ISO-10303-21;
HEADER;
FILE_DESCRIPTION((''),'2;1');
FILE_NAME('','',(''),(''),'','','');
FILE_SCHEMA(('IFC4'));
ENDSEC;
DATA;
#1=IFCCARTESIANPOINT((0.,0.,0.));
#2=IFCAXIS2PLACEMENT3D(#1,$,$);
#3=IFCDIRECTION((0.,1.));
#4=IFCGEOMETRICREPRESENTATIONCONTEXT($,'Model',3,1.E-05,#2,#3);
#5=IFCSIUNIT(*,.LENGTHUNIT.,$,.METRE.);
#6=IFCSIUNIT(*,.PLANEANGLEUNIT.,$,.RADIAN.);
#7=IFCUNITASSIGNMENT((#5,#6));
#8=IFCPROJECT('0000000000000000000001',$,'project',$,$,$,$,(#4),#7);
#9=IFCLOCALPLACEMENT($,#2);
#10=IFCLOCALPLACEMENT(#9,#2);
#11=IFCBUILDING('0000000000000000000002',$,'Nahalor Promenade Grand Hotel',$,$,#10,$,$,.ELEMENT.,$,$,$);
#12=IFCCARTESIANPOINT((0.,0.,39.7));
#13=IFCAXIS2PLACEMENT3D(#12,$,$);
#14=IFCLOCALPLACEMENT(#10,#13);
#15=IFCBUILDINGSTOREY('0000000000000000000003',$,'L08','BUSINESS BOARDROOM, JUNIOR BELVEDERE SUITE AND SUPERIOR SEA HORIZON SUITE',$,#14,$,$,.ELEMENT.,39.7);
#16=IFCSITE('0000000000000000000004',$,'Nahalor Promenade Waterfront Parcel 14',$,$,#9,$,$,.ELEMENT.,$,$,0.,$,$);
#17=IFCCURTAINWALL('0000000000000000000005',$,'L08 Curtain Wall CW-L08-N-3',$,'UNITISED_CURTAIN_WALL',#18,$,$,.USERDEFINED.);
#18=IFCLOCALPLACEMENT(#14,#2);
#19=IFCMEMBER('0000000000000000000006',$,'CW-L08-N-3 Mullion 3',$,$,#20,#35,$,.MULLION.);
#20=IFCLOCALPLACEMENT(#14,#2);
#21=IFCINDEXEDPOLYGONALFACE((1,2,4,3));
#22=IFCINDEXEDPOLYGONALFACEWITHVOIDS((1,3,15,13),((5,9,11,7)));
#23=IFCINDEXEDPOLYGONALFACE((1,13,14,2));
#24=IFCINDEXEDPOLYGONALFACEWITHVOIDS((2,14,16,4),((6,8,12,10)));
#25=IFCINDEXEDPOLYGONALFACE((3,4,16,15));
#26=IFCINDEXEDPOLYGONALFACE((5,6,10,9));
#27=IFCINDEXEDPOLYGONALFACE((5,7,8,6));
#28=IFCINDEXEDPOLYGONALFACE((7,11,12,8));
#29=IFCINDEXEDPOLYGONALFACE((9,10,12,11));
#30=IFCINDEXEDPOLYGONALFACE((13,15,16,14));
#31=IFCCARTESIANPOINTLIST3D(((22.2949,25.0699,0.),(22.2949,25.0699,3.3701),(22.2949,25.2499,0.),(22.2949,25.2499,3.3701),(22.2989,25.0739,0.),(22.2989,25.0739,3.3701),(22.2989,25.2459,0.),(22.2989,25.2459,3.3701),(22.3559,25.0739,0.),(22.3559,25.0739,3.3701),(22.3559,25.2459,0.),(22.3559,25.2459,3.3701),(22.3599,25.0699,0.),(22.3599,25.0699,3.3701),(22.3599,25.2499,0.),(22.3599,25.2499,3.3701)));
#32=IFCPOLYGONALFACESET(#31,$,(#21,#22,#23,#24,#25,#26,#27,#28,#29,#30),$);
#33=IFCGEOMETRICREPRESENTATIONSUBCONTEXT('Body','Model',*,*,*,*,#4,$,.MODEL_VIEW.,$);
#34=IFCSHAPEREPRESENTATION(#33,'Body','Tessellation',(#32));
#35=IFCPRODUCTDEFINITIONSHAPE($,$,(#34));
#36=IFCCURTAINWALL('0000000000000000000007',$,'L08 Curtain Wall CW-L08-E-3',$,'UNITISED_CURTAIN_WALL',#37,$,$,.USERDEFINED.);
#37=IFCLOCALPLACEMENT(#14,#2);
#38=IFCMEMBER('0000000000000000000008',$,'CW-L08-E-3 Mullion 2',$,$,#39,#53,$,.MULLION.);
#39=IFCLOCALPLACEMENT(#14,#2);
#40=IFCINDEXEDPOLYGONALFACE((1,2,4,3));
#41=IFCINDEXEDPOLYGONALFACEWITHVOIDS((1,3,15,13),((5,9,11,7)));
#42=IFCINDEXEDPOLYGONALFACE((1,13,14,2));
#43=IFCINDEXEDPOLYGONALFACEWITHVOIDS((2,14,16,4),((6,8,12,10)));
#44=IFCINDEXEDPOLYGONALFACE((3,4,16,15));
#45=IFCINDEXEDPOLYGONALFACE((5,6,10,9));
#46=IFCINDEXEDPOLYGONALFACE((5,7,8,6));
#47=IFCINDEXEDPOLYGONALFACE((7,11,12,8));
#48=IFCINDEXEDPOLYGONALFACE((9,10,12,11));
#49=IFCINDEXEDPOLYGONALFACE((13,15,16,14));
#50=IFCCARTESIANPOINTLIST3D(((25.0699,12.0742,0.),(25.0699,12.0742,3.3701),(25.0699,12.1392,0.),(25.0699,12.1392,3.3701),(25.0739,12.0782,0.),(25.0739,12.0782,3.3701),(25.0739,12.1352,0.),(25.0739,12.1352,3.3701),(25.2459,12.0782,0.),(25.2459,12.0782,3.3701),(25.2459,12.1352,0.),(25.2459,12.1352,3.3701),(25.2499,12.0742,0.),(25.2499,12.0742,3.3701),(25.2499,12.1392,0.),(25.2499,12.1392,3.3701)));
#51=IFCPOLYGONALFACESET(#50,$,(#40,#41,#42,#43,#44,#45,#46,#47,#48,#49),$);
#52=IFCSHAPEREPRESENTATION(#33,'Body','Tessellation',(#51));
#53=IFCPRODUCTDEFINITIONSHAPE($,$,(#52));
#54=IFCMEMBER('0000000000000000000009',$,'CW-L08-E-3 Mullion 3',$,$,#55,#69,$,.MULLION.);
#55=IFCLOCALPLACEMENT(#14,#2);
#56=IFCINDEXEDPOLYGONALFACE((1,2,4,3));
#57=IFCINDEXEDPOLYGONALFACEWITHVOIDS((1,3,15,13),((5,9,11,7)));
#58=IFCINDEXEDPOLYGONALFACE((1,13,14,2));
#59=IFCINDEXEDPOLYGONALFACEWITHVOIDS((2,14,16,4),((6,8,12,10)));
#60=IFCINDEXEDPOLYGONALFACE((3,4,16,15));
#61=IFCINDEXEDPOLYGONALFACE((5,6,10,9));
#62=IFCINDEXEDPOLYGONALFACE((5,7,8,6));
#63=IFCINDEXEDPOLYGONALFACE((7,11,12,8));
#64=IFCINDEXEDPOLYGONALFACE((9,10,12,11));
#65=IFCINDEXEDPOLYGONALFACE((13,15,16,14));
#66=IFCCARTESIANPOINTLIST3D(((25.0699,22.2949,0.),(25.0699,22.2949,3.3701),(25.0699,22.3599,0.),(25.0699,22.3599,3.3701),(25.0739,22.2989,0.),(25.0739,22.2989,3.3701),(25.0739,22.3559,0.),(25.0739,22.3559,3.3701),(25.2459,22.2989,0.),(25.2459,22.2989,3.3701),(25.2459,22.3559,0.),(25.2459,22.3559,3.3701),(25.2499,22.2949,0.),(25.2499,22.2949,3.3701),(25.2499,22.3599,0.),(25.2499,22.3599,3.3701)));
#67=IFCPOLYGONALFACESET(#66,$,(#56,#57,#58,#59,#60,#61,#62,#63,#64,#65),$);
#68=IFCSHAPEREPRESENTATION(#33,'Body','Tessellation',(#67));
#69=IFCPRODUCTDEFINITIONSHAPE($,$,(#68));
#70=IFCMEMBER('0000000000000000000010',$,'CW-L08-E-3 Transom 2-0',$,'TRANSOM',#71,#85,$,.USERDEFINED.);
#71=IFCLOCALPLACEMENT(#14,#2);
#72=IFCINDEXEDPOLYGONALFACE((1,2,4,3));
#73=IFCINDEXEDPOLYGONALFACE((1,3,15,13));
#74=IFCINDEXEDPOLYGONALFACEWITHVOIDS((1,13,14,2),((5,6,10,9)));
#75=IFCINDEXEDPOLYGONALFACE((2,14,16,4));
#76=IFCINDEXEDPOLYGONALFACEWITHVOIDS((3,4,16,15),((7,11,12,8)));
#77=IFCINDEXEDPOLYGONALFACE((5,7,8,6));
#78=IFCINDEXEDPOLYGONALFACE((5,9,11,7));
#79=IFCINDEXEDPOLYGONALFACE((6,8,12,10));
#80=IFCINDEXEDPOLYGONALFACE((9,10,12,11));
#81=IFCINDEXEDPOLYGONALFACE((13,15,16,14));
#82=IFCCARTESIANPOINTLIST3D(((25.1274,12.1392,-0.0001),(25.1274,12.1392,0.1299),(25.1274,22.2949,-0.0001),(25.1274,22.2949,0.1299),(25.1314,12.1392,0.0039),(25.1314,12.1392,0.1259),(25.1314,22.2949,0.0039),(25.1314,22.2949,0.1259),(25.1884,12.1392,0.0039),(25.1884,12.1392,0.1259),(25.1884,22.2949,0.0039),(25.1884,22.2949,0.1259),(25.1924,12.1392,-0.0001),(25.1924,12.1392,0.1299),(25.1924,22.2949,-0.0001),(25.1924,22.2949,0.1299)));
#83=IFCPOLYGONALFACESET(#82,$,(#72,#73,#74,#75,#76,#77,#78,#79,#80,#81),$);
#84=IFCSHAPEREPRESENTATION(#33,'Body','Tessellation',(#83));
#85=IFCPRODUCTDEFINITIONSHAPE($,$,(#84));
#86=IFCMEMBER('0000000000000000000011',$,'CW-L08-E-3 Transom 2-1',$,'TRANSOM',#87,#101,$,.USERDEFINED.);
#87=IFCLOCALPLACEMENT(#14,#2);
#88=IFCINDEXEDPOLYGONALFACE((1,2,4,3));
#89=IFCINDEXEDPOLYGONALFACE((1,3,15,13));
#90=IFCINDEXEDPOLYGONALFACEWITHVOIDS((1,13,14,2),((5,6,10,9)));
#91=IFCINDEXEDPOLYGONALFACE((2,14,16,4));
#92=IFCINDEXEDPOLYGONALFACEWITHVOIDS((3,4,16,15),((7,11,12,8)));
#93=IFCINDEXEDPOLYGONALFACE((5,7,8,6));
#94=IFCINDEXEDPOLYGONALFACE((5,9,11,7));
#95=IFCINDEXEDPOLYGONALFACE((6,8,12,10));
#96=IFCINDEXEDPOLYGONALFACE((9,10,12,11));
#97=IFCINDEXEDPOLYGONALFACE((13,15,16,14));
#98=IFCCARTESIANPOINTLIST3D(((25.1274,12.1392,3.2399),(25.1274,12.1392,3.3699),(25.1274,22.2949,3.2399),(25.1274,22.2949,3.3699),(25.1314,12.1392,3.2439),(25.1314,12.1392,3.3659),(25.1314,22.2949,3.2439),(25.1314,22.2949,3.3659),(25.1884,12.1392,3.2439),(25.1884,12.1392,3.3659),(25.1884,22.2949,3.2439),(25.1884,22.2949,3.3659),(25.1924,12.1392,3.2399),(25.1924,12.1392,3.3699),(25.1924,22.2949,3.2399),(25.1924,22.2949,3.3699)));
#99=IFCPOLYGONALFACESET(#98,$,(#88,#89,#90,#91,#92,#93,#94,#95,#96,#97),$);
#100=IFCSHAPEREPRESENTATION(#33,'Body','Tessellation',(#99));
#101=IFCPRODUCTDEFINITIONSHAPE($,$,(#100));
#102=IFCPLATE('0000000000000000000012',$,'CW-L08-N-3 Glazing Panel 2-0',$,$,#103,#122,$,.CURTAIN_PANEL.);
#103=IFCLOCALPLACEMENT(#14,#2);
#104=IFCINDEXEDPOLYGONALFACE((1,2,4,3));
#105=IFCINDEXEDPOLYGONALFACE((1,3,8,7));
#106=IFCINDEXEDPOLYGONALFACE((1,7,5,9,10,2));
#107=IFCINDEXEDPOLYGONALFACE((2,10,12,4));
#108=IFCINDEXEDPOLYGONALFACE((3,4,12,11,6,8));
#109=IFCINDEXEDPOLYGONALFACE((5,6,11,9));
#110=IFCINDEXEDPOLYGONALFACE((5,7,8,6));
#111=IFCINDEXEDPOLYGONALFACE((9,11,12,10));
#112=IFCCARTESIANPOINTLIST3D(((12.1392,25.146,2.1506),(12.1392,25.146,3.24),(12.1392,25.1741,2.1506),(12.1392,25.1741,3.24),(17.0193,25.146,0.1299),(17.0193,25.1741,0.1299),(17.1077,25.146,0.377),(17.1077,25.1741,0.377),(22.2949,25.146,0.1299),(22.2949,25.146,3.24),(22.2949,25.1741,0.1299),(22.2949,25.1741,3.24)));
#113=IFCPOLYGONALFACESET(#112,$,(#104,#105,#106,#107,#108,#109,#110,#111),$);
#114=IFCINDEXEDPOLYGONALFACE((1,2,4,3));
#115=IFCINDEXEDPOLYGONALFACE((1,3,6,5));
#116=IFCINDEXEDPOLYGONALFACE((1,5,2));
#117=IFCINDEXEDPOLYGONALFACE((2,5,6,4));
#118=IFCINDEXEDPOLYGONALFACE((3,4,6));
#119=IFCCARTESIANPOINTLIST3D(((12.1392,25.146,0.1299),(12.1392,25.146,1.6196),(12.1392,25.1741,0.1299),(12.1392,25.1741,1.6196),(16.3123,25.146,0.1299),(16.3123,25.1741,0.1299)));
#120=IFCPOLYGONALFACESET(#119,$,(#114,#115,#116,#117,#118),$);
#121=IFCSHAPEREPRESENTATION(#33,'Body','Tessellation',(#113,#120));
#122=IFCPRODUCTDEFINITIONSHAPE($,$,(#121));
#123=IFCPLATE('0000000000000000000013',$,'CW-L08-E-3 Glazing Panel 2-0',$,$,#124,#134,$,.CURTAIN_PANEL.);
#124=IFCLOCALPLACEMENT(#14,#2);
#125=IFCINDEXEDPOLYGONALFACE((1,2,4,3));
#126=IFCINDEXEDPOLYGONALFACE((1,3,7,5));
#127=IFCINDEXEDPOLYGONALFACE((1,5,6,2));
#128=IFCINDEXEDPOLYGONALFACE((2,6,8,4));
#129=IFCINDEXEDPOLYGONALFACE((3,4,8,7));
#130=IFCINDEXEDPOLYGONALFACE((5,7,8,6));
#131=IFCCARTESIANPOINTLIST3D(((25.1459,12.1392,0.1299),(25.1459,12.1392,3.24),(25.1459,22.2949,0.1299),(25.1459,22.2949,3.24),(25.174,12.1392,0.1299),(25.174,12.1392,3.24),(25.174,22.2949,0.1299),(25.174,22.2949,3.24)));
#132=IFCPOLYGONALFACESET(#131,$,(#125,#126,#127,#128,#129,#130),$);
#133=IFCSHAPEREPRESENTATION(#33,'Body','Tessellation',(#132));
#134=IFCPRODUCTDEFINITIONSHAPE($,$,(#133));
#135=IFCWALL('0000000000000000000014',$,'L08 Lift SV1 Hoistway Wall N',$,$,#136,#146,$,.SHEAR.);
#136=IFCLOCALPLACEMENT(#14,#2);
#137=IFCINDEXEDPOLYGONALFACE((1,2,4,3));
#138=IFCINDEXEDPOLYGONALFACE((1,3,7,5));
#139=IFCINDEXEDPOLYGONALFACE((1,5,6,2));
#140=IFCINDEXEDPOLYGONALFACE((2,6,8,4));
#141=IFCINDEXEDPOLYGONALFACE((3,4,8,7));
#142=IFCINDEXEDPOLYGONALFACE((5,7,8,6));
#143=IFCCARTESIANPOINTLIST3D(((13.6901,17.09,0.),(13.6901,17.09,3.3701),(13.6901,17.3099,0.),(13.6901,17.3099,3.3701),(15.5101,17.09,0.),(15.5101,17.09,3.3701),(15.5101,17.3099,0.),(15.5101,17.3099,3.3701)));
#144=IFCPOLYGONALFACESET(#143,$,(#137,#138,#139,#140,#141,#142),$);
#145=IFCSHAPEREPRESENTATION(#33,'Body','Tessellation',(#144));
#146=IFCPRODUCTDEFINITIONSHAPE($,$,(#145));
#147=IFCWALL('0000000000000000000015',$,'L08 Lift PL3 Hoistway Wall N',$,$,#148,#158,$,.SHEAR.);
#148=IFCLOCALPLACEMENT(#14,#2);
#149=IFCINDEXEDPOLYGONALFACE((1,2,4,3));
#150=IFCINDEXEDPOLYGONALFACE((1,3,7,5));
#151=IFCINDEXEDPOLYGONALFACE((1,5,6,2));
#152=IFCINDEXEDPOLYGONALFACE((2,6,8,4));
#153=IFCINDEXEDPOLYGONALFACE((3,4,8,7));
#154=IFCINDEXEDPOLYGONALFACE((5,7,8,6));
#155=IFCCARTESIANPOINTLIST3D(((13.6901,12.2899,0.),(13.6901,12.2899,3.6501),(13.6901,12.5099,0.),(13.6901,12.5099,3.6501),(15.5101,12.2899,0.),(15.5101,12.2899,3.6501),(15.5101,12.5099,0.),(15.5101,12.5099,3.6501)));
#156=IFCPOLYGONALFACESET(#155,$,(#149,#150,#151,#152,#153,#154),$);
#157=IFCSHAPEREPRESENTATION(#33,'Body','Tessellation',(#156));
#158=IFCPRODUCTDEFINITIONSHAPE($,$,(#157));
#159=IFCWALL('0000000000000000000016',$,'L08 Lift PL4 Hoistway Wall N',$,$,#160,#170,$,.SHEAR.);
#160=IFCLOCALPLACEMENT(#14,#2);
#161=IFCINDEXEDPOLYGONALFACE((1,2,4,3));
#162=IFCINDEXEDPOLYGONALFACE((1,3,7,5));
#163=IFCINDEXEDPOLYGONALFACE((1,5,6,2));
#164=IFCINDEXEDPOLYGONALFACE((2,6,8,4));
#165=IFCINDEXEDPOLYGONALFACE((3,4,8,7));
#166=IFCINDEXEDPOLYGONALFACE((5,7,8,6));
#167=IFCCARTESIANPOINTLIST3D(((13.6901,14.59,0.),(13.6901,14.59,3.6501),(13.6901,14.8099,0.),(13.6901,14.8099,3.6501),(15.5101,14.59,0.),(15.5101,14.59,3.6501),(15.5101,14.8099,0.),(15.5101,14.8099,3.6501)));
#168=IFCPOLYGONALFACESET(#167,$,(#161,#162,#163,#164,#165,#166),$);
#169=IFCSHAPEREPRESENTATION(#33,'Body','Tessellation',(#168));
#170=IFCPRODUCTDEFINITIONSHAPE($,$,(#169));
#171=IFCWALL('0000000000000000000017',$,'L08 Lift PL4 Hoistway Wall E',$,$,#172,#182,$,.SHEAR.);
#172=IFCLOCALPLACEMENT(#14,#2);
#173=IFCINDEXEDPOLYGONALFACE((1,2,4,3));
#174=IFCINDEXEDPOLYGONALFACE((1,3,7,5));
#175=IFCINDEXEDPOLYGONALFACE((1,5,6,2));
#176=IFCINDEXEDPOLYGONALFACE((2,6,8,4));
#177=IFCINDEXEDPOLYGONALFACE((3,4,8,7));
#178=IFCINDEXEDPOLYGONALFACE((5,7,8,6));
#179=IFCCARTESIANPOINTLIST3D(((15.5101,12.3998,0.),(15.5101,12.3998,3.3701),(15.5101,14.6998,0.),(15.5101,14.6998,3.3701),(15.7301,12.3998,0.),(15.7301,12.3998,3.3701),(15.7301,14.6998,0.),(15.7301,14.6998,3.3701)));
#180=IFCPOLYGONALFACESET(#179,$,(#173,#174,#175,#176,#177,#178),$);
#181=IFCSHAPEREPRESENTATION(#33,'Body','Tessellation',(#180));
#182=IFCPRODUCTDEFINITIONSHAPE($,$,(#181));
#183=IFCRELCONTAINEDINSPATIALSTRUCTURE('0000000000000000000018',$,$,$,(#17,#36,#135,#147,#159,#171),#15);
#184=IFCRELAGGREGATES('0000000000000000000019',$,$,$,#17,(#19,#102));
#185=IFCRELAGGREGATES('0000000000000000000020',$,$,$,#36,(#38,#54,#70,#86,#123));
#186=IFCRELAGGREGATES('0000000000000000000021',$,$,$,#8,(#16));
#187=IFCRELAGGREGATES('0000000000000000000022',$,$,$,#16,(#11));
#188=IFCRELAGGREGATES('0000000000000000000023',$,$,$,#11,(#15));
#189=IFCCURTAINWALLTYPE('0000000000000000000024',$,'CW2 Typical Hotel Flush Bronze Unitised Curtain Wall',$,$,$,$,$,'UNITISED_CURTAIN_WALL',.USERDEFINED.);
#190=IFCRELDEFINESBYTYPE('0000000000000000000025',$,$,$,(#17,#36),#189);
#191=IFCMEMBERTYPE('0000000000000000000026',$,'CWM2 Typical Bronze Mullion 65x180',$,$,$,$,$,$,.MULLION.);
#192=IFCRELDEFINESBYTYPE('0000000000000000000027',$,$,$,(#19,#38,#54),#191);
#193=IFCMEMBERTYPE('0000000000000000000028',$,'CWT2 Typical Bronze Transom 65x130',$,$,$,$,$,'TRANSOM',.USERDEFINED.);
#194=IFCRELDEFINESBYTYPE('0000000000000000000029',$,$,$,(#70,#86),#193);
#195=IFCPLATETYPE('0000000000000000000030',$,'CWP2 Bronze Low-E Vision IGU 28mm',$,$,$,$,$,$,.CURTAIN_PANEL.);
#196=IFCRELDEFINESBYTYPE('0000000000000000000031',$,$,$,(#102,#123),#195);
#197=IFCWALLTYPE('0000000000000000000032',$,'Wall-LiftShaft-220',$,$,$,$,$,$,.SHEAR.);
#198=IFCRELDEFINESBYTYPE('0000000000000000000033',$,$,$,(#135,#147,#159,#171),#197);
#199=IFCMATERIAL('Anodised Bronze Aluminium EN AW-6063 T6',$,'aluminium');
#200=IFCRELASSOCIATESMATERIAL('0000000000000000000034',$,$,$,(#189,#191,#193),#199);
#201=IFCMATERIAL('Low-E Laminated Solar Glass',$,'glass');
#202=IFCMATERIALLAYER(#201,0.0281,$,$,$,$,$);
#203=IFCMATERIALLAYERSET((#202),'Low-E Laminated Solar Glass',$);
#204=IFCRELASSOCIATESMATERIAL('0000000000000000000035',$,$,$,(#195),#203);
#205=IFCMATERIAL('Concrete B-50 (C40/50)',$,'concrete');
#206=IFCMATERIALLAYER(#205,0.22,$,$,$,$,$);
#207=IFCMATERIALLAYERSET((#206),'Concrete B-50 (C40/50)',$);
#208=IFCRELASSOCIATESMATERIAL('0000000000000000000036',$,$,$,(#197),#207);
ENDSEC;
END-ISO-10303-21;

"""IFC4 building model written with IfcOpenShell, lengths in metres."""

from ifc_helpers import new_model, si_unit, direction, frame, frame_2d, origin, origin_2d, place, context, subcontext, project, spatial, polyline, rectangle, hollow_rectangle, outline, extrude, source, transform, mapped, material, layer, layer_set, material_profile, profile_set, type_object, element, aggregate, save


model = new_model("IFC4")

# Units and contexts
model_context = context("Model", 3, precision=1e-05, world=origin(), true_north=direction((0.0, 1.0)))
body_context = subcontext(model_context, "Body", "Model", "MODEL_VIEW")
ifc_project = project(units=[si_unit("LENGTHUNIT", "METRE"), si_unit("PLANEANGLEUNIT", "RADIAN")], contexts=[model_context])

# Site, building, storey
site_placement = place(None, origin())
site = spatial("IfcSite", under=ifc_project, at=site_placement, Name="Nahalor Promenade Waterfront Parcel 14", CompositionType="ELEMENT", RefElevation=0.0)
building_placement = place(site_placement, origin())
building = spatial("IfcBuilding", under=site, at=building_placement, Name="Nahalor Promenade Grand Hotel", CompositionType="ELEMENT")
storey_placement = place(building_placement, frame((0.0, 0.0, 39.7)))
storey = spatial("IfcBuildingStorey", under=building, at=storey_placement, Name="L08", Description="BUSINESS BOARDROOM, JUNIOR BELVEDERE SUITE AND SUPERIOR SEA HORIZON SUITE", CompositionType="ELEMENT", Elevation=39.7)

# Curtain wall, member
ifc_material_1 = material(Name="Anodised Bronze Aluminium EN AW-6063 T6", Category="aluminium")
curtain_wall_type = type_object("IfcCurtainWallType", Name="CW2 Typical Hotel Flush Bronze Unitised Curtain Wall", ElementType="UNITISED_CURTAIN_WALL", PredefinedType="USERDEFINED", material=ifc_material_1)
curtain_wall_1_placement = place(storey_placement, origin())
curtain_wall_1 = element("IfcCurtainWall", 1, at=curtain_wall_1_placement, inside=storey, type_object=curtain_wall_type, Name="L08 Curtain Wall CW-L08-N-3", ObjectType="UNITISED_CURTAIN_WALL", PredefinedType="USERDEFINED")
ifc_material_profile_1 = material_profile(ifc_material_1, hollow_rectangle(XDim=0.065, YDim=0.18, WallThickness=0.004, at=origin_2d()), Name="CWM 65x180x4")
ifc_profile_set_1 = profile_set([ifc_material_profile_1], Name="Anodised Bronze Aluminium EN AW-6063 T6")
member_type_1 = type_object("IfcMemberType", Name="CWM2 Typical Bronze Mullion 65x180", PredefinedType="MULLION", material=ifc_profile_set_1)
shared_shape_1 = source(origin(), body_context, "Body", "SweptSolid", [
    extrude(hollow_rectangle(XDim=0.065, YDim=0.18, WallThickness=0.004, at=origin_2d()), origin(), (0.0, 0.0, 1.0), 3.3701),
])
member_1_placement = place(storey_placement, frame((22.3274, 25.1599, 0.0), z_axis=(0.0, 0.0, 1.0), x_axis=(1.0, 0.0, 0.0)))
member_1 = element("IfcMember", 2, at=member_1_placement, type_object=member_type_1, Name="CW-L08-N-3 Mullion 3", PredefinedType="MULLION", context=body_context, shape_type="MappedRepresentation", body=[
    mapped(shared_shape_1, transform((0.0, 0.0, 0.0), scale=1.0)),
])

# Curtain wall, members
curtain_wall_2_placement = place(storey_placement, origin())
curtain_wall_2 = element("IfcCurtainWall", 3, at=curtain_wall_2_placement, inside=storey, type_object=curtain_wall_type, Name="L08 Curtain Wall CW-L08-E-3", ObjectType="UNITISED_CURTAIN_WALL", PredefinedType="USERDEFINED")
member_2_placement = place(storey_placement, frame((25.1599, 12.1067, 0.0), z_axis=(0.0, 0.0, 1.0), x_axis=(0.0, 1.0, 0.0)))
member_2 = element("IfcMember", 4, at=member_2_placement, type_object=member_type_1, Name="CW-L08-E-3 Mullion 2", PredefinedType="MULLION", context=body_context, shape_type="MappedRepresentation", body=[
    mapped(shared_shape_1, transform((0.0, 0.0, 0.0), scale=1.0)),
])
member_3_placement = place(storey_placement, frame((25.1599, 22.3274, 0.0), z_axis=(0.0, 0.0, 1.0), x_axis=(0.0, 1.0, 0.0)))
member_3 = element("IfcMember", 5, at=member_3_placement, type_object=member_type_1, Name="CW-L08-E-3 Mullion 3", PredefinedType="MULLION", context=body_context, shape_type="MappedRepresentation", body=[
    mapped(shared_shape_1, transform((0.0, 0.0, 0.0), scale=1.0)),
])
ifc_material_profile_2 = material_profile(ifc_material_1, hollow_rectangle(XDim=0.065, YDim=0.13, WallThickness=0.004, at=origin_2d()), Name="CWT 65x130x4")
ifc_profile_set_2 = profile_set([ifc_material_profile_2], Name="Anodised Bronze Aluminium EN AW-6063 T6")
member_type_2 = type_object("IfcMemberType", Name="CWT2 Typical Bronze Transom 65x130", ElementType="TRANSOM", PredefinedType="USERDEFINED", material=ifc_profile_set_2)
shared_shape_2 = source(origin(), body_context, "Body", "SweptSolid", [
    extrude(hollow_rectangle(XDim=0.065, YDim=0.13, WallThickness=0.004, at=origin_2d()), origin(), (0.0, 0.0, 1.0), 10.1558),
])
member_4_placement = place(storey_placement, frame((25.1599, 12.1392, 0.0649), z_axis=(0.0, 1.0, 0.0), x_axis=(-1.0, 0.0, 0.0)))
member_4 = element("IfcMember", 6, at=member_4_placement, type_object=member_type_2, Name="CW-L08-E-3 Transom 2-0", ObjectType="TRANSOM", PredefinedType="USERDEFINED", context=body_context, shape_type="MappedRepresentation", body=[
    mapped(shared_shape_2, transform((0.0, 0.0, 0.0), scale=1.0)),
])
member_5_placement = place(storey_placement, frame((25.1599, 12.1392, 3.3049), z_axis=(0.0, 1.0, 0.0), x_axis=(-1.0, 0.0, 0.0)))
member_5 = element("IfcMember", 7, at=member_5_placement, type_object=member_type_2, Name="CW-L08-E-3 Transom 2-1", ObjectType="TRANSOM", PredefinedType="USERDEFINED", context=body_context, shape_type="MappedRepresentation", body=[
    mapped(shared_shape_2, transform((0.0, 0.0, 0.0), scale=1.0)),
])

# Plates
ifc_material_2 = material(Name="Low-E Laminated Solar Glass", Category="glass")
ifc_layer_1 = layer(ifc_material_2, 0.0281)
ifc_layer_set_1 = layer_set([ifc_layer_1], Name="Low-E Laminated Solar Glass")
plate_type = type_object("IfcPlateType", Name="CWP2 Bronze Low-E Vision IGU 28mm", PredefinedType="CURTAIN_PANEL", material=ifc_layer_set_1)
plate_1_placement = place(storey_placement, frame((17.217, 25.1599, 0.1299), z_axis=(0.0, 0.0, 1.0), x_axis=(1.0, 0.0, 0.0)))
plate_1 = element("IfcPlate", 8, at=plate_1_placement, type_object=plate_type, Name="CW-L08-N-3 Glazing Panel 2-0", PredefinedType="CURTAIN_PANEL", context=body_context, shape_type="SweptSolid", body=[
    extrude(outline(polyline([(5.0779, 3.1101), (-5.0779, 3.1101), (-5.0779, 2.0208), (-0.1094, 0.2471), (-0.1978, 0.0), (5.0779, 0.0), (5.0779, 3.1101)])), frame((0.0, 0.0142, 0.0), z_axis=(0.0, -1.0, 0.0), x_axis=(1.0, 0.0, 0.0)), (0.0, 0.0, 1.0), 0.0281),
    extrude(outline(polyline([(-5.0779, 1.4897), (-5.0779, 0.0), (-0.9048, 0.0), (-5.0779, 1.4897)])), frame((0.0, 0.0142, 0.0), z_axis=(0.0, -1.0, 0.0), x_axis=(1.0, 0.0, 0.0)), (0.0, 0.0, 1.0), 0.0281),
])
aggregate(curtain_wall_1, [member_1, plate_1])
shared_shape_3 = source(origin(), body_context, "Body", "SweptSolid", [
    extrude(rectangle(XDim=10.1558, YDim=0.0281, at=origin_2d()), origin(), (0.0, 0.0, 1.0), 3.1101),
])
plate_2_placement = place(storey_placement, frame((25.1599, 17.217, 0.1299), z_axis=(0.0, 0.0, 1.0), x_axis=(0.0, 1.0, 0.0)))
plate_2 = element("IfcPlate", 9, at=plate_2_placement, type_object=plate_type, Name="CW-L08-E-3 Glazing Panel 2-0", PredefinedType="CURTAIN_PANEL", context=body_context, shape_type="MappedRepresentation", body=[
    mapped(shared_shape_3, transform((0.0, 0.0, 0.0), scale=1.0)),
])
aggregate(curtain_wall_2, [member_2, member_3, member_4, member_5, plate_2])

# Walls
ifc_material_3 = material(Name="Concrete B-50 (C40/50)", Category="concrete")
ifc_layer_2 = layer(ifc_material_3, 0.22)
ifc_layer_set_2 = layer_set([ifc_layer_2], Name="Concrete B-50 (C40/50)")
wall_type_1 = type_object("IfcWallType", Name="Wall-LiftShaft-220", PredefinedType="SHEAR", material=ifc_layer_set_2)
shared_shape_4 = source(origin(), body_context, "Body", "SweptSolid", [
    extrude(rectangle(XDim=1.8201, YDim=0.22, at=frame_2d((0.9102, 0.0))), origin(), (0.0, 0.0, 1.0), 3.3701),
])
wall_1_placement = place(storey_placement, frame((13.6899, 17.2, 0.0), z_axis=(0.0, 0.0, 1.0), x_axis=(1.0, 0.0, 0.0)))
element("IfcWall", 10, at=wall_1_placement, inside=storey, type_object=wall_type_1, Name="L08 Lift SV1 Hoistway Wall N", PredefinedType="SHEAR", context=body_context, shape_type="MappedRepresentation", body=[
    mapped(shared_shape_4, transform((0.0, 0.0, 0.0), scale=1.0)),
])
shared_shape_5 = source(origin(), body_context, "Body", "SweptSolid", [
    extrude(rectangle(XDim=1.8201, YDim=0.22, at=frame_2d((0.9102, 0.0))), origin(), (0.0, 0.0, 1.0), 3.6501),
])
for number, where, z_axis, x_axis, name in (
    (11, (13.6899, 12.3999, 0.0), (0.0, 0.0, 1.0), (1.0, 0.0, 0.0), "L08 Lift PL3 Hoistway Wall N"),
    (12, (13.6899, 14.7, 0.0), (0.0, 0.0, 1.0), (1.0, 0.0, 0.0), "L08 Lift PL4 Hoistway Wall N"),
):
    element("IfcWall", number, at=place(storey_placement, frame(where, z_axis=z_axis, x_axis=x_axis)), inside=storey, type_object=wall_type_1, Name=name, PredefinedType="SHEAR", context=body_context, shape_type="MappedRepresentation", body=[
        mapped(shared_shape_5, transform((0.0, 0.0, 0.0), scale=1.0)),
    ])
shared_shape_6 = source(origin(), body_context, "Body", "SweptSolid", [
    extrude(rectangle(XDim=2.3, YDim=0.22, at=frame_2d((1.1499, 0.0))), origin(), (0.0, 0.0, 1.0), 3.3701),
])
wall_2_placement = place(storey_placement, frame((15.6201, 12.3999, 0.0), z_axis=(0.0, 0.0, 1.0), x_axis=(0.0, 1.0, 0.0)))
element("IfcWall", 13, at=wall_2_placement, inside=storey, type_object=wall_type_1, Name="L08 Lift PL4 Hoistway Wall E", PredefinedType="SHEAR", context=body_context, shape_type="MappedRepresentation", body=[
    mapped(shared_shape_6, transform((0.0, 0.0, 0.0), scale=1.0)),
])

save(model, "model.ifc")
